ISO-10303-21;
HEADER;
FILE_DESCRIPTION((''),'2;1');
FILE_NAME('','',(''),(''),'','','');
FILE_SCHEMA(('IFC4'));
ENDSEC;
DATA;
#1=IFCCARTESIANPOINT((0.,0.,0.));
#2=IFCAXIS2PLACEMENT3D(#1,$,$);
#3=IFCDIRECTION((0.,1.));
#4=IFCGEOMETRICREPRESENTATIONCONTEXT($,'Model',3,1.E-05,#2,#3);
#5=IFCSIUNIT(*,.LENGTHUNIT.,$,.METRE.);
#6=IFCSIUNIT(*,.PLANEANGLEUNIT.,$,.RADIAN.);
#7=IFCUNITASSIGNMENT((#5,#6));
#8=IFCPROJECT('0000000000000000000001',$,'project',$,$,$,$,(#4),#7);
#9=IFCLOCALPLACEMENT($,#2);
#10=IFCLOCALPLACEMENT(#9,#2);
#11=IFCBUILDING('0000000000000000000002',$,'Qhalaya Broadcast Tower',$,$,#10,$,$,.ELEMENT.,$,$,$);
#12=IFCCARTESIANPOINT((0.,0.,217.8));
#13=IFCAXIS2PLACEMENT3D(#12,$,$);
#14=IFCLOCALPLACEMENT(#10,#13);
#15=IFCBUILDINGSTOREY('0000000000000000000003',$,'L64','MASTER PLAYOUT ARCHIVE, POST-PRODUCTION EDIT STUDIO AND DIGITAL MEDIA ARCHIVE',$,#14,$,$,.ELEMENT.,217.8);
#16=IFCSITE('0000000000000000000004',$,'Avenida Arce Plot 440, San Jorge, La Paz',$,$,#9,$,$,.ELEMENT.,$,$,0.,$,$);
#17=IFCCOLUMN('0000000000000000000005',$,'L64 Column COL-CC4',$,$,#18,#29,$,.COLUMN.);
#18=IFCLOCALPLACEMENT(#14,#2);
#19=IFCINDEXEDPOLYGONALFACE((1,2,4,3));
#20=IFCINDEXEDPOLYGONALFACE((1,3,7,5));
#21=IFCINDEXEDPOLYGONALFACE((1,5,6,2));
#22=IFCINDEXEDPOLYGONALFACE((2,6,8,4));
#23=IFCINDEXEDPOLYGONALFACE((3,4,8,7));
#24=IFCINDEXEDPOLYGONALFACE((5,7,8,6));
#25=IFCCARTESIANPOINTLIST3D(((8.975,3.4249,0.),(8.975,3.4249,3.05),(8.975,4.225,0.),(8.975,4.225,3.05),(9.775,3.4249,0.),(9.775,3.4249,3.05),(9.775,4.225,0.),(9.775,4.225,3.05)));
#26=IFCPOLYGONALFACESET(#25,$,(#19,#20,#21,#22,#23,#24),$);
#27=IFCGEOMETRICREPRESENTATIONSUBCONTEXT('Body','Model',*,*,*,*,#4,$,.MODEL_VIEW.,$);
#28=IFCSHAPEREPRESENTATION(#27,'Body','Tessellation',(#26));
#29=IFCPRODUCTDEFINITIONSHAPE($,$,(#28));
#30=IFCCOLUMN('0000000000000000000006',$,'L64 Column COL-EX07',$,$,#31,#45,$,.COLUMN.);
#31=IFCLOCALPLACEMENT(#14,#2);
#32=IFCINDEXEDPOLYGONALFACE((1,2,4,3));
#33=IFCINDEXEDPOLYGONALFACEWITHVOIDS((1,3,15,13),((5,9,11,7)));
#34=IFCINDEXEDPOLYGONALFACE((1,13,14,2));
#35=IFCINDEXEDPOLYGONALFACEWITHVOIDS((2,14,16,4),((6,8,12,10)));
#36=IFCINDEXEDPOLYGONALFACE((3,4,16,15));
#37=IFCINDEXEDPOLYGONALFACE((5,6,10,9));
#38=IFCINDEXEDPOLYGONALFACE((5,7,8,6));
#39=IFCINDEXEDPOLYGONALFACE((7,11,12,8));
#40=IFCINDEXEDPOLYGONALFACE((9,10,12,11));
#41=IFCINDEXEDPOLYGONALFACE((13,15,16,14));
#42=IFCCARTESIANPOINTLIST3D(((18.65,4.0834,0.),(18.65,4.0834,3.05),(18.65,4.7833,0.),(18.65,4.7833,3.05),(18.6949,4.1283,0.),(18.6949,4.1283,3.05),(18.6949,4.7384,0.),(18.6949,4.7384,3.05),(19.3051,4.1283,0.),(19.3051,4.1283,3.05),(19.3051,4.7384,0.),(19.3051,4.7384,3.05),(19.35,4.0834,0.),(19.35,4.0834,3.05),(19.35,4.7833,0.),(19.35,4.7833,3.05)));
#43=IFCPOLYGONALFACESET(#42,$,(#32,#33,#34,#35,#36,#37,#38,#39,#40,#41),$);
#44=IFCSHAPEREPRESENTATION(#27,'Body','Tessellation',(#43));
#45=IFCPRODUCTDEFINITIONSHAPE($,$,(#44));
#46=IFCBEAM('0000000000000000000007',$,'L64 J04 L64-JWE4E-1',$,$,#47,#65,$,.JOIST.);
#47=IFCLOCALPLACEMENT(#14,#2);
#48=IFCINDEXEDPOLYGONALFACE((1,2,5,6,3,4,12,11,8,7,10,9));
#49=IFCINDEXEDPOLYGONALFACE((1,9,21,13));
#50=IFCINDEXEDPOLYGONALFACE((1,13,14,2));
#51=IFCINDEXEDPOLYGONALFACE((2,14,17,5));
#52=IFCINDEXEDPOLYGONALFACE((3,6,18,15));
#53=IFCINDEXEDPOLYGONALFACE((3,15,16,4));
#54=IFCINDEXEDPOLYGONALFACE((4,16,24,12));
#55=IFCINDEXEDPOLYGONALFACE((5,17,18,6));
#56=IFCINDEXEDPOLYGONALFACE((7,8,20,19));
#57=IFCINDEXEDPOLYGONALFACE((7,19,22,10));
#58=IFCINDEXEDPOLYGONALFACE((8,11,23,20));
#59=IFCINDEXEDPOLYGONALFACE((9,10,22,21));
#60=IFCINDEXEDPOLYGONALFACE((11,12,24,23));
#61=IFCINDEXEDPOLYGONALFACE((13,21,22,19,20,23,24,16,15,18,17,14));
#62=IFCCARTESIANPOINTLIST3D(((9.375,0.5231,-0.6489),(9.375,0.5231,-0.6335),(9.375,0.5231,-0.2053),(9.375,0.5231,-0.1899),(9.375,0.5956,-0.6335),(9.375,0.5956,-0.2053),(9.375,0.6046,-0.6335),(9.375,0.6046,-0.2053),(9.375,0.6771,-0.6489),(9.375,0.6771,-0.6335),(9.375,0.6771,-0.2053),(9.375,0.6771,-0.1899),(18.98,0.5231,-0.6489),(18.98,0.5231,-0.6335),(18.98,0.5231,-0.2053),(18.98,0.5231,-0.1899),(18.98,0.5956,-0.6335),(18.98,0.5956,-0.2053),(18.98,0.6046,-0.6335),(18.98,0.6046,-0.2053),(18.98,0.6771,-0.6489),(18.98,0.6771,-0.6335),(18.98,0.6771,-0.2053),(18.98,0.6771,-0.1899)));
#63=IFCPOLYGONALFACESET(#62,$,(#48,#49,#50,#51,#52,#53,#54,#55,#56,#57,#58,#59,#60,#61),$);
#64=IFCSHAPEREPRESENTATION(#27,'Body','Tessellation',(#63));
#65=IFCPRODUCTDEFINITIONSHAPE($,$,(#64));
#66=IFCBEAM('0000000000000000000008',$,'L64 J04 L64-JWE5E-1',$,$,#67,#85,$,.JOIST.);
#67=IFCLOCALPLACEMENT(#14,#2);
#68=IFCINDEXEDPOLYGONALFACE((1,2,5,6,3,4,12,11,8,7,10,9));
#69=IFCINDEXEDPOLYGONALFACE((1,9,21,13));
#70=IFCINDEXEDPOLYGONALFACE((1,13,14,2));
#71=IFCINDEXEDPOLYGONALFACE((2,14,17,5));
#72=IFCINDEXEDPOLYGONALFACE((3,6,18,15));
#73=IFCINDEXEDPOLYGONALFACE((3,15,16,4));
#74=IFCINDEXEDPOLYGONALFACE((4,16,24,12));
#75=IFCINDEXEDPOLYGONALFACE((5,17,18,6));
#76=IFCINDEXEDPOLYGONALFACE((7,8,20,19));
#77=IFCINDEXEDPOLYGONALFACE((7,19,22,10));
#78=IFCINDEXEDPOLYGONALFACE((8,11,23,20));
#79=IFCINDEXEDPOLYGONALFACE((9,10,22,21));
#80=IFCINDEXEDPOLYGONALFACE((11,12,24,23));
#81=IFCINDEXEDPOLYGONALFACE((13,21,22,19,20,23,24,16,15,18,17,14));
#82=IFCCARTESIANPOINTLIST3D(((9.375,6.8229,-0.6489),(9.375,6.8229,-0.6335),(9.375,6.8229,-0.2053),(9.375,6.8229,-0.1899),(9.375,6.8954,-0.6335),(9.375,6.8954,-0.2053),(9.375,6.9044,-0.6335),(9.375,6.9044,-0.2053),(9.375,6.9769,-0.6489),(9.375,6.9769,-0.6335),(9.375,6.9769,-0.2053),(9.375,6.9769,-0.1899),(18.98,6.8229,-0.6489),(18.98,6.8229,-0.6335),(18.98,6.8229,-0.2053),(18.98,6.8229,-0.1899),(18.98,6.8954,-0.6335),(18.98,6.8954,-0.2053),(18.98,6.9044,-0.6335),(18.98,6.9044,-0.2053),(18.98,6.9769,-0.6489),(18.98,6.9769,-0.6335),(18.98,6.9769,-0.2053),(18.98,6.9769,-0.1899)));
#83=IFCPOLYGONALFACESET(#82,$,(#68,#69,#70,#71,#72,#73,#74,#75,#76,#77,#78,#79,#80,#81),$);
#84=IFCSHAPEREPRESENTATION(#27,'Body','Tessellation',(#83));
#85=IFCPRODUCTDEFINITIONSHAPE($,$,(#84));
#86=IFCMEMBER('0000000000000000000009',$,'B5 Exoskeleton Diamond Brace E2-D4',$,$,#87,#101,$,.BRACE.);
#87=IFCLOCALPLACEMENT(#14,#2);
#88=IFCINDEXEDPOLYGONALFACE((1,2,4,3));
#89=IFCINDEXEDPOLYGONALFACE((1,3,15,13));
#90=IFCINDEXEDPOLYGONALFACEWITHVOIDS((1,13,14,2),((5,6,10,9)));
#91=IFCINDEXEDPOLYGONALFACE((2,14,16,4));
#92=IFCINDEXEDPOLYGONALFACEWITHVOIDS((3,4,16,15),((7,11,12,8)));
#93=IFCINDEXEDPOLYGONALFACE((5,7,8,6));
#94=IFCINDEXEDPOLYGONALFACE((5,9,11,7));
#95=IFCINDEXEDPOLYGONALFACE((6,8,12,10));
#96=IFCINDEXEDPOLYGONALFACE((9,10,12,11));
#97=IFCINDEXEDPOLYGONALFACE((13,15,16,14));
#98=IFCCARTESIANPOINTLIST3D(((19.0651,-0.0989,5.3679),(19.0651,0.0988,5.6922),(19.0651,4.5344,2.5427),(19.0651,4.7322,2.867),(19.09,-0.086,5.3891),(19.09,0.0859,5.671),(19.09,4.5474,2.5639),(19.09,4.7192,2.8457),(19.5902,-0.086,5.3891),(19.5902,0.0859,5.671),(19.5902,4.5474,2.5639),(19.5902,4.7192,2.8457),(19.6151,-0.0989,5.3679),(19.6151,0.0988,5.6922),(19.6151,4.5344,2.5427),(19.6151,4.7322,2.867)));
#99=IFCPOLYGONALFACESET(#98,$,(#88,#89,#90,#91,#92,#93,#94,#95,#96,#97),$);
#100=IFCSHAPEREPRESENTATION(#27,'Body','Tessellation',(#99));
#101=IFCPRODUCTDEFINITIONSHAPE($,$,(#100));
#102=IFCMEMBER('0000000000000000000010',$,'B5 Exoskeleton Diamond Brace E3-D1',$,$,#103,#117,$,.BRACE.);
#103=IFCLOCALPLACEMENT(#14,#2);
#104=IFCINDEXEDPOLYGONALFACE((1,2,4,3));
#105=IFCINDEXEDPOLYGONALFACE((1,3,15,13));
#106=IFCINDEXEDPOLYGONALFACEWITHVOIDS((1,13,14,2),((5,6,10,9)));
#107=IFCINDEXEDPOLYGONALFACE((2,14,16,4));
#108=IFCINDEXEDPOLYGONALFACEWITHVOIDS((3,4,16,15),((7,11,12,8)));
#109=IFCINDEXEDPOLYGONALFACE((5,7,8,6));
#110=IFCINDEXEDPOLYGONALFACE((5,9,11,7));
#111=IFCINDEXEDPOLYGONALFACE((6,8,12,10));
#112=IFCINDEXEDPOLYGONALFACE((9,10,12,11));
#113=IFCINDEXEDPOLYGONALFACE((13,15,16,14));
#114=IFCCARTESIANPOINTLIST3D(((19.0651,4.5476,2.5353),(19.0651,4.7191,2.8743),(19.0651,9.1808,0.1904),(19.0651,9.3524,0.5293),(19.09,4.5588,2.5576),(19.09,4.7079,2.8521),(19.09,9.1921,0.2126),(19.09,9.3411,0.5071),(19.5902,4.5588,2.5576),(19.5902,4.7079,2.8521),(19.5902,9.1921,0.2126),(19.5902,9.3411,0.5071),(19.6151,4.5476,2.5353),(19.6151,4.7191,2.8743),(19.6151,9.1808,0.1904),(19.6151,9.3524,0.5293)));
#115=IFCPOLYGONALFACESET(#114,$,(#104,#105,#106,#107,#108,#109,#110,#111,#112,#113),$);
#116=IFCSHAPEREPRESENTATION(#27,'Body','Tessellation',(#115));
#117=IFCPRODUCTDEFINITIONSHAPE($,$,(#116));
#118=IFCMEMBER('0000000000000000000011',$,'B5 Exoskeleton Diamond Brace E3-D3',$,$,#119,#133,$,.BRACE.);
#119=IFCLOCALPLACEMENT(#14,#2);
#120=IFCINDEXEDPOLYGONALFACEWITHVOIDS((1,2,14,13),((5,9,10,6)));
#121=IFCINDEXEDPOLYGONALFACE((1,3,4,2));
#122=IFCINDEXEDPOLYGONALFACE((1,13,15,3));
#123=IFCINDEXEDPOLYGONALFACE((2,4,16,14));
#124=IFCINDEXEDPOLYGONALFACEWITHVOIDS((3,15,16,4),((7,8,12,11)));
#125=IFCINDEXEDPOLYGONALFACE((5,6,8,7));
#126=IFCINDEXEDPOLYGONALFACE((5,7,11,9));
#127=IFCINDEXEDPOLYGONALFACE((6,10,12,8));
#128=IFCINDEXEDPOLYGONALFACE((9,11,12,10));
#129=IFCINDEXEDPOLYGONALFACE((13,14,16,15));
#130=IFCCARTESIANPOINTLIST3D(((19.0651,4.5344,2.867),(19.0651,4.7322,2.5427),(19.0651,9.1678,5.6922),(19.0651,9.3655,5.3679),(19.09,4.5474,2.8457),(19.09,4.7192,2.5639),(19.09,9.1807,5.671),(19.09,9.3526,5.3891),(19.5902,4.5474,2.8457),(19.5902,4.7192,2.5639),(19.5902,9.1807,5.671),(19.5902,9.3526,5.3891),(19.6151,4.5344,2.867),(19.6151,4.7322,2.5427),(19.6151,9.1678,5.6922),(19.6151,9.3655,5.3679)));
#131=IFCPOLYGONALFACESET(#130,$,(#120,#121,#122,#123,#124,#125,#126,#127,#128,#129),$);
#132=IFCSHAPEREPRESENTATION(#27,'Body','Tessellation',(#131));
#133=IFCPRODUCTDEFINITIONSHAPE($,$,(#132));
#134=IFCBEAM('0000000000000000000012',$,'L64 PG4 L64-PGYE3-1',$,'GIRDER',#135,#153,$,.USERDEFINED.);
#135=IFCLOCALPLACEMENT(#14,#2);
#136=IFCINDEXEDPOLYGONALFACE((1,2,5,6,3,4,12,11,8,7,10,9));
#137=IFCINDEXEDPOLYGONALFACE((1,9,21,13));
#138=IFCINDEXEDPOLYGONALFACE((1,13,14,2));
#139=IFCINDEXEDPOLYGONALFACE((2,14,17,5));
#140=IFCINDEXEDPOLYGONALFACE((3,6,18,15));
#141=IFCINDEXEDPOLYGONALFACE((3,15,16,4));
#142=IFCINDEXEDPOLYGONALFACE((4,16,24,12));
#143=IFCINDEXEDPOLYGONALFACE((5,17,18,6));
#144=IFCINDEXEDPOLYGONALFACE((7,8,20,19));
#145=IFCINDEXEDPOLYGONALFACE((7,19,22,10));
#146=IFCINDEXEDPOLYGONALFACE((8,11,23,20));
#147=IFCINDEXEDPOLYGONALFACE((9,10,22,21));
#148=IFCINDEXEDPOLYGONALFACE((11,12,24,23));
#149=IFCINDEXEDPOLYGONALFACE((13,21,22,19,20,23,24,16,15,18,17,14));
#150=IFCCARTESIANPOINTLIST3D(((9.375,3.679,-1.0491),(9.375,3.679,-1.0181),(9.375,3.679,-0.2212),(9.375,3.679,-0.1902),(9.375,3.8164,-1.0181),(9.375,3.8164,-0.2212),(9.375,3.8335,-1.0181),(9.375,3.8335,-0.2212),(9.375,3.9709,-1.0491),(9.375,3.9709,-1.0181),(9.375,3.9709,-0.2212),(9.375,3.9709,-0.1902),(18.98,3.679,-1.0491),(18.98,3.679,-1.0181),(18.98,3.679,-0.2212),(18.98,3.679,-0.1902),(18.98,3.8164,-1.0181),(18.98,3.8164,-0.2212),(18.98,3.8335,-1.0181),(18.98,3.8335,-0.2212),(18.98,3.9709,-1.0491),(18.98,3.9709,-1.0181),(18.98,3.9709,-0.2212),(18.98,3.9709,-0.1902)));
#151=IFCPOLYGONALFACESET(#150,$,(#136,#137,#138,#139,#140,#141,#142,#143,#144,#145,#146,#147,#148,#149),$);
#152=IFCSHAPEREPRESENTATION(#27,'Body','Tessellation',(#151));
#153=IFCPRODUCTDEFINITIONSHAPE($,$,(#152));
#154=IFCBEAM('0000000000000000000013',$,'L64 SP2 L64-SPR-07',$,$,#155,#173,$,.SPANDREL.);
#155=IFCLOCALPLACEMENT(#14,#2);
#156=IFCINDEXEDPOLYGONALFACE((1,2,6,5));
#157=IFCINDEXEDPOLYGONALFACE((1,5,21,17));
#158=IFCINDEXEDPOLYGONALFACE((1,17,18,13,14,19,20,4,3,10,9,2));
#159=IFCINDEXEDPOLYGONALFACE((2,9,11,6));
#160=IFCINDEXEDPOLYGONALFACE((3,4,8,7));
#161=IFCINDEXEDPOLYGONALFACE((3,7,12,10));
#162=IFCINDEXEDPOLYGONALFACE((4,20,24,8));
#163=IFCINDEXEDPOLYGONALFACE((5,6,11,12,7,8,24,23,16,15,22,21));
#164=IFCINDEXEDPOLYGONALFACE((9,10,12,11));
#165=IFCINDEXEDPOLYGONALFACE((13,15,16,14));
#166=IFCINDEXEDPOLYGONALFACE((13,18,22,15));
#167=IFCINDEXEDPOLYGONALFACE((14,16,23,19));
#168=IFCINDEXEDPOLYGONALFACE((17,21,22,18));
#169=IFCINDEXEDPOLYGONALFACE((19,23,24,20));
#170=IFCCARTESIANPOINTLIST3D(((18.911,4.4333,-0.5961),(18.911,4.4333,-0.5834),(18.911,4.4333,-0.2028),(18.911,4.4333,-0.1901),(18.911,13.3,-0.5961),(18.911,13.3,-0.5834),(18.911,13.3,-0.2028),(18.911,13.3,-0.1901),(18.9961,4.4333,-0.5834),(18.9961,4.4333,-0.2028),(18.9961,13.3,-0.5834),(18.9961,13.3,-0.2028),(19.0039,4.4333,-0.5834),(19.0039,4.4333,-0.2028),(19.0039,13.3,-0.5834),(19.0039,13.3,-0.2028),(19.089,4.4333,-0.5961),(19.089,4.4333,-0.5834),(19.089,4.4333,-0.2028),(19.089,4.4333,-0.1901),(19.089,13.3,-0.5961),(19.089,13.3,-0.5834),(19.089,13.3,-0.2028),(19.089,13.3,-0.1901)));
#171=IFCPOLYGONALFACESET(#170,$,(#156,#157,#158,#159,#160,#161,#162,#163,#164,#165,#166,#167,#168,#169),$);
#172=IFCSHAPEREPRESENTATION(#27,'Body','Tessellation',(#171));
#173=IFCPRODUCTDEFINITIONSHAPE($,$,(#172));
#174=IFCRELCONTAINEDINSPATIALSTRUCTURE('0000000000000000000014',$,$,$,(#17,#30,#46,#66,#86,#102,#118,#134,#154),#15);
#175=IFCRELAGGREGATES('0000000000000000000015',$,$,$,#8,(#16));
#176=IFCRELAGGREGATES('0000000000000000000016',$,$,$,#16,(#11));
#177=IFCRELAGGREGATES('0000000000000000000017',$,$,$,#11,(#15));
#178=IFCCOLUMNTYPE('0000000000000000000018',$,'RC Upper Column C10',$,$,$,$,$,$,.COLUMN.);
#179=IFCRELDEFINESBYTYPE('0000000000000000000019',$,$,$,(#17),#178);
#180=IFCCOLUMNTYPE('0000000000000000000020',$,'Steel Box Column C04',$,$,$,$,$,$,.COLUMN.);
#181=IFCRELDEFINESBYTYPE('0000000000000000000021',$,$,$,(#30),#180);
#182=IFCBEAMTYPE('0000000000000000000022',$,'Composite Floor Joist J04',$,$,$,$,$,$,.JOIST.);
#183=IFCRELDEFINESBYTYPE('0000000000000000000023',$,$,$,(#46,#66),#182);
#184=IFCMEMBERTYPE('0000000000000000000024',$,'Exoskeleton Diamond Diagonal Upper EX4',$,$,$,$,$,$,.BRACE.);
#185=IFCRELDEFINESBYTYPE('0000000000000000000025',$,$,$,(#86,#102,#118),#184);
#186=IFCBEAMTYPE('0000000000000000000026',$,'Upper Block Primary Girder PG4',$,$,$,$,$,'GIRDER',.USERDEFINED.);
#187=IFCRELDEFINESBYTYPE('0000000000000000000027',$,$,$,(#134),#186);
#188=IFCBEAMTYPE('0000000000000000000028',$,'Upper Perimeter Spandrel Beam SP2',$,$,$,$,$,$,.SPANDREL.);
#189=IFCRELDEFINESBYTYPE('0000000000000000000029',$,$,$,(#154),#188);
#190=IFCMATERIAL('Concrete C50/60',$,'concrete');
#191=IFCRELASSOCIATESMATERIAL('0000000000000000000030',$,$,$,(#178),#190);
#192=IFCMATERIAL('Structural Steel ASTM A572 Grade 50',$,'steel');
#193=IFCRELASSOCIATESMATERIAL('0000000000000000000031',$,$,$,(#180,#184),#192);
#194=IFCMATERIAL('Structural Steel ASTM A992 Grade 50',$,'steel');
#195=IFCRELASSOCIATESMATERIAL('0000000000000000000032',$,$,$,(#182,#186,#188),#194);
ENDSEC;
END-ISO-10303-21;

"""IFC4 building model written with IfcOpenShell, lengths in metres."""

from ifc_helpers import new_model, si_unit, direction, frame, origin, origin_2d, place, context, subcontext, project, spatial, rectangle, hollow_rectangle, i_section, extrude, material, material_profile, profile_set, type_object, element, save


model = new_model("IFC4")

# Units and contexts
model_context = context("Model", 3, precision=1e-05, world=origin(), true_north=direction((0.0, 1.0)))
body_context = subcontext(model_context, "Body", "Model", "MODEL_VIEW")
ifc_project = project(units=[si_unit("LENGTHUNIT", "METRE"), si_unit("PLANEANGLEUNIT", "RADIAN")], contexts=[model_context])

# Site, building, storey
site_placement = place(None, origin())
site = spatial("IfcSite", under=ifc_project, at=site_placement, Name="Avenida Arce Plot 440, San Jorge, La Paz", CompositionType="ELEMENT", RefElevation=0.0)
building_placement = place(site_placement, origin())
building = spatial("IfcBuilding", under=site, at=building_placement, Name="Qhalaya Broadcast Tower", CompositionType="ELEMENT")
storey_placement = place(building_placement, frame((0.0, 0.0, 217.8)))
storey = spatial("IfcBuildingStorey", under=building, at=storey_placement, Name="L64", Description="MASTER PLAYOUT ARCHIVE, POST-PRODUCTION EDIT STUDIO AND DIGITAL MEDIA ARCHIVE", CompositionType="ELEMENT", Elevation=217.8)

# Columns
ifc_material_1 = material(Name="Concrete C50/60", Category="concrete")
ifc_material_profile_1 = material_profile(ifc_material_1, rectangle(XDim=0.8, YDim=0.8, at=origin_2d()), Name="RC-COL 800x800")
ifc_profile_set_1 = profile_set([ifc_material_profile_1], Name="Concrete C50/60")
column_type_1 = type_object("IfcColumnType", Name="RC Upper Column C10", PredefinedType="COLUMN", material=ifc_profile_set_1)
column_1_placement = place(storey_placement, frame((9.375, 3.825, 0.0), z_axis=(0.0, 0.0, 1.0), x_axis=(1.0, 0.0, 0.0)))
element("IfcColumn", 1, at=column_1_placement, inside=storey, type_object=column_type_1, Name="L64 Column COL-CC4", PredefinedType="COLUMN", context=body_context, shape_type="SweptSolid", body=[
    extrude(rectangle(XDim=0.8, YDim=0.8, at=origin_2d()), origin(), (0.0, 0.0, 1.0), 3.05),
])
ifc_material_2 = material(Name="Structural Steel ASTM A572 Grade 50", Category="steel")
ifc_material_profile_2 = material_profile(ifc_material_2, hollow_rectangle(XDim=0.7, YDim=0.7, WallThickness=0.0449, at=origin_2d()), Name="BOX 700x700x45")
ifc_profile_set_2 = profile_set([ifc_material_profile_2], Name="Structural Steel ASTM A572 Grade 50")
column_type_2 = type_object("IfcColumnType", Name="Steel Box Column C04", PredefinedType="COLUMN", material=ifc_profile_set_2)
column_2_placement = place(storey_placement, frame((19.0, 4.4333, 0.0), z_axis=(0.0, 0.0, 1.0), x_axis=(0.0, 1.0, 0.0)))
element("IfcColumn", 2, at=column_2_placement, inside=storey, type_object=column_type_2, Name="L64 Column COL-EX07", PredefinedType="COLUMN", context=body_context, shape_type="SweptSolid", body=[
    extrude(hollow_rectangle(XDim=0.7, YDim=0.7, WallThickness=0.0449, at=origin_2d()), origin(), (0.0, 0.0, 1.0), 3.05),
])

# Beams
ifc_material_3 = material(Name="Structural Steel ASTM A992 Grade 50", Category="steel")
ifc_material_profile_3 = material_profile(ifc_material_3, i_section(OverallWidth=0.1541, OverallDepth=0.459, WebThickness=0.009, FlangeThickness=0.0154, at=origin_2d()), Name="W18X46")
ifc_profile_set_3 = profile_set([ifc_material_profile_3], Name="Structural Steel ASTM A992 Grade 50")
beam_type_1 = type_object("IfcBeamType", Name="Composite Floor Joist J04", PredefinedType="JOIST", material=ifc_profile_set_3)
for number, where, z_axis, x_axis, name in (
    (3, (9.375, 0.6001, -0.4194), (1.0, 0.0, 0.0), (0.0, 1.0, 0.0), "L64 J04 L64-JWE4E-1"),
    (4, (9.375, 6.8999, -0.4194), (1.0, 0.0, 0.0), (0.0, 1.0, 0.0), "L64 J04 L64-JWE5E-1"),
):
    element("IfcBeam", number, at=place(storey_placement, frame(where, z_axis=z_axis, x_axis=x_axis)), inside=storey, type_object=beam_type_1, Name=name, PredefinedType="JOIST", context=body_context, shape_type="SweptSolid", body=[
        extrude(i_section(OverallWidth=0.1541, OverallDepth=0.459, WebThickness=0.009, FlangeThickness=0.0154, at=origin_2d()), origin(), (0.0, 0.0, 1.0), 9.605),
    ])

# Members
ifc_material_profile_4 = material_profile(ifc_material_2, hollow_rectangle(XDim=0.3799, YDim=0.55, WallThickness=0.0249, at=origin_2d()), Name="BOX 380x550x25")
ifc_profile_set_4 = profile_set([ifc_material_profile_4], Name="Structural Steel ASTM A572 Grade 50")
member_type = type_object("IfcMemberType", Name="Exoskeleton Diamond Diagonal Upper EX4", PredefinedType="BRACE", material=ifc_profile_set_4)
member_1_placement = place(storey_placement, frame((19.3401, 4.6333, 2.7048), z_axis=(0.0, -0.853795, 0.520609), x_axis=(0.0, 0.520609, 0.853795)))
element("IfcMember", 5, at=member_1_placement, inside=storey, type_object=member_type, Name="B5 Exoskeleton Diamond Brace E2-D4", PredefinedType="BRACE", context=body_context, shape_type="SweptSolid", body=[
    extrude(hollow_rectangle(XDim=0.3799, YDim=0.55, WallThickness=0.0249, at=origin_2d()), origin(), (0.0, 0.0, 1.0), 5.4268),
])
member_2_placement = place(storey_placement, frame((19.3401, 9.2666, 0.3599), z_axis=(0.0, -0.892235, 0.451571), x_axis=(0.0, 0.451571, 0.892235)))
element("IfcMember", 6, at=member_2_placement, inside=storey, type_object=member_type, Name="B5 Exoskeleton Diamond Brace E3-D1", PredefinedType="BRACE", context=body_context, shape_type="SweptSolid", body=[
    extrude(hollow_rectangle(XDim=0.3799, YDim=0.55, WallThickness=0.0249, at=origin_2d()), origin(), (0.0, 0.0, 1.0), 5.1929),
])
member_3_placement = place(storey_placement, frame((19.3401, 4.6333, 2.7048), z_axis=(0.0, 0.853795, 0.520609), x_axis=(0.0, -0.520609, 0.853795)))
element("IfcMember", 7, at=member_3_placement, inside=storey, type_object=member_type, Name="B5 Exoskeleton Diamond Brace E3-D3", PredefinedType="BRACE", context=body_context, shape_type="SweptSolid", body=[
    extrude(hollow_rectangle(XDim=0.3799, YDim=0.55, WallThickness=0.0249, at=origin_2d()), origin(), (0.0, 0.0, 1.0), 5.4268),
])

# Beams
ifc_material_profile_5 = material_profile(ifc_material_3, i_section(OverallWidth=0.292, OverallDepth=0.8589, WebThickness=0.0171, FlangeThickness=0.031, at=origin_2d()), Name="W33X169")
ifc_profile_set_5 = profile_set([ifc_material_profile_5], Name="Structural Steel ASTM A992 Grade 50")
beam_type_2 = type_object("IfcBeamType", Name="Upper Block Primary Girder PG4", ElementType="GIRDER", PredefinedType="USERDEFINED", material=ifc_profile_set_5)
beam_1_placement = place(storey_placement, frame((9.375, 3.825, -0.6196), z_axis=(1.0, 0.0, 0.0), x_axis=(0.0, 1.0, 0.0)))
element("IfcBeam", 8, at=beam_1_placement, inside=storey, type_object=beam_type_2, Name="L64 PG4 L64-PGYE3-1", ObjectType="GIRDER", PredefinedType="USERDEFINED", context=body_context, shape_type="SweptSolid", body=[
    extrude(i_section(OverallWidth=0.292, OverallDepth=0.8589, WebThickness=0.0171, FlangeThickness=0.031, at=origin_2d()), origin(), (0.0, 0.0, 1.0), 9.605),
])
ifc_material_profile_6 = material_profile(ifc_material_3, i_section(OverallWidth=0.178, OverallDepth=0.406, WebThickness=0.0078, FlangeThickness=0.0127, at=origin_2d()), Name="W16X40")
ifc_profile_set_6 = profile_set([ifc_material_profile_6], Name="Structural Steel ASTM A992 Grade 50")
beam_type_3 = type_object("IfcBeamType", Name="Upper Perimeter Spandrel Beam SP2", PredefinedType="SPANDREL", material=ifc_profile_set_6)
beam_2_placement = place(storey_placement, frame((19.0, 4.4333, -0.3931), z_axis=(0.0, 1.0, 0.0), x_axis=(-1.0, 0.0, 0.0)))
element("IfcBeam", 9, at=beam_2_placement, inside=storey, type_object=beam_type_3, Name="L64 SP2 L64-SPR-07", PredefinedType="SPANDREL", context=body_context, shape_type="SweptSolid", body=[
    extrude(i_section(OverallWidth=0.178, OverallDepth=0.406, WebThickness=0.0078, FlangeThickness=0.0127, at=origin_2d()), origin(), (0.0, 0.0, 1.0), 8.8667),
])

save(model, "model.ifc")
